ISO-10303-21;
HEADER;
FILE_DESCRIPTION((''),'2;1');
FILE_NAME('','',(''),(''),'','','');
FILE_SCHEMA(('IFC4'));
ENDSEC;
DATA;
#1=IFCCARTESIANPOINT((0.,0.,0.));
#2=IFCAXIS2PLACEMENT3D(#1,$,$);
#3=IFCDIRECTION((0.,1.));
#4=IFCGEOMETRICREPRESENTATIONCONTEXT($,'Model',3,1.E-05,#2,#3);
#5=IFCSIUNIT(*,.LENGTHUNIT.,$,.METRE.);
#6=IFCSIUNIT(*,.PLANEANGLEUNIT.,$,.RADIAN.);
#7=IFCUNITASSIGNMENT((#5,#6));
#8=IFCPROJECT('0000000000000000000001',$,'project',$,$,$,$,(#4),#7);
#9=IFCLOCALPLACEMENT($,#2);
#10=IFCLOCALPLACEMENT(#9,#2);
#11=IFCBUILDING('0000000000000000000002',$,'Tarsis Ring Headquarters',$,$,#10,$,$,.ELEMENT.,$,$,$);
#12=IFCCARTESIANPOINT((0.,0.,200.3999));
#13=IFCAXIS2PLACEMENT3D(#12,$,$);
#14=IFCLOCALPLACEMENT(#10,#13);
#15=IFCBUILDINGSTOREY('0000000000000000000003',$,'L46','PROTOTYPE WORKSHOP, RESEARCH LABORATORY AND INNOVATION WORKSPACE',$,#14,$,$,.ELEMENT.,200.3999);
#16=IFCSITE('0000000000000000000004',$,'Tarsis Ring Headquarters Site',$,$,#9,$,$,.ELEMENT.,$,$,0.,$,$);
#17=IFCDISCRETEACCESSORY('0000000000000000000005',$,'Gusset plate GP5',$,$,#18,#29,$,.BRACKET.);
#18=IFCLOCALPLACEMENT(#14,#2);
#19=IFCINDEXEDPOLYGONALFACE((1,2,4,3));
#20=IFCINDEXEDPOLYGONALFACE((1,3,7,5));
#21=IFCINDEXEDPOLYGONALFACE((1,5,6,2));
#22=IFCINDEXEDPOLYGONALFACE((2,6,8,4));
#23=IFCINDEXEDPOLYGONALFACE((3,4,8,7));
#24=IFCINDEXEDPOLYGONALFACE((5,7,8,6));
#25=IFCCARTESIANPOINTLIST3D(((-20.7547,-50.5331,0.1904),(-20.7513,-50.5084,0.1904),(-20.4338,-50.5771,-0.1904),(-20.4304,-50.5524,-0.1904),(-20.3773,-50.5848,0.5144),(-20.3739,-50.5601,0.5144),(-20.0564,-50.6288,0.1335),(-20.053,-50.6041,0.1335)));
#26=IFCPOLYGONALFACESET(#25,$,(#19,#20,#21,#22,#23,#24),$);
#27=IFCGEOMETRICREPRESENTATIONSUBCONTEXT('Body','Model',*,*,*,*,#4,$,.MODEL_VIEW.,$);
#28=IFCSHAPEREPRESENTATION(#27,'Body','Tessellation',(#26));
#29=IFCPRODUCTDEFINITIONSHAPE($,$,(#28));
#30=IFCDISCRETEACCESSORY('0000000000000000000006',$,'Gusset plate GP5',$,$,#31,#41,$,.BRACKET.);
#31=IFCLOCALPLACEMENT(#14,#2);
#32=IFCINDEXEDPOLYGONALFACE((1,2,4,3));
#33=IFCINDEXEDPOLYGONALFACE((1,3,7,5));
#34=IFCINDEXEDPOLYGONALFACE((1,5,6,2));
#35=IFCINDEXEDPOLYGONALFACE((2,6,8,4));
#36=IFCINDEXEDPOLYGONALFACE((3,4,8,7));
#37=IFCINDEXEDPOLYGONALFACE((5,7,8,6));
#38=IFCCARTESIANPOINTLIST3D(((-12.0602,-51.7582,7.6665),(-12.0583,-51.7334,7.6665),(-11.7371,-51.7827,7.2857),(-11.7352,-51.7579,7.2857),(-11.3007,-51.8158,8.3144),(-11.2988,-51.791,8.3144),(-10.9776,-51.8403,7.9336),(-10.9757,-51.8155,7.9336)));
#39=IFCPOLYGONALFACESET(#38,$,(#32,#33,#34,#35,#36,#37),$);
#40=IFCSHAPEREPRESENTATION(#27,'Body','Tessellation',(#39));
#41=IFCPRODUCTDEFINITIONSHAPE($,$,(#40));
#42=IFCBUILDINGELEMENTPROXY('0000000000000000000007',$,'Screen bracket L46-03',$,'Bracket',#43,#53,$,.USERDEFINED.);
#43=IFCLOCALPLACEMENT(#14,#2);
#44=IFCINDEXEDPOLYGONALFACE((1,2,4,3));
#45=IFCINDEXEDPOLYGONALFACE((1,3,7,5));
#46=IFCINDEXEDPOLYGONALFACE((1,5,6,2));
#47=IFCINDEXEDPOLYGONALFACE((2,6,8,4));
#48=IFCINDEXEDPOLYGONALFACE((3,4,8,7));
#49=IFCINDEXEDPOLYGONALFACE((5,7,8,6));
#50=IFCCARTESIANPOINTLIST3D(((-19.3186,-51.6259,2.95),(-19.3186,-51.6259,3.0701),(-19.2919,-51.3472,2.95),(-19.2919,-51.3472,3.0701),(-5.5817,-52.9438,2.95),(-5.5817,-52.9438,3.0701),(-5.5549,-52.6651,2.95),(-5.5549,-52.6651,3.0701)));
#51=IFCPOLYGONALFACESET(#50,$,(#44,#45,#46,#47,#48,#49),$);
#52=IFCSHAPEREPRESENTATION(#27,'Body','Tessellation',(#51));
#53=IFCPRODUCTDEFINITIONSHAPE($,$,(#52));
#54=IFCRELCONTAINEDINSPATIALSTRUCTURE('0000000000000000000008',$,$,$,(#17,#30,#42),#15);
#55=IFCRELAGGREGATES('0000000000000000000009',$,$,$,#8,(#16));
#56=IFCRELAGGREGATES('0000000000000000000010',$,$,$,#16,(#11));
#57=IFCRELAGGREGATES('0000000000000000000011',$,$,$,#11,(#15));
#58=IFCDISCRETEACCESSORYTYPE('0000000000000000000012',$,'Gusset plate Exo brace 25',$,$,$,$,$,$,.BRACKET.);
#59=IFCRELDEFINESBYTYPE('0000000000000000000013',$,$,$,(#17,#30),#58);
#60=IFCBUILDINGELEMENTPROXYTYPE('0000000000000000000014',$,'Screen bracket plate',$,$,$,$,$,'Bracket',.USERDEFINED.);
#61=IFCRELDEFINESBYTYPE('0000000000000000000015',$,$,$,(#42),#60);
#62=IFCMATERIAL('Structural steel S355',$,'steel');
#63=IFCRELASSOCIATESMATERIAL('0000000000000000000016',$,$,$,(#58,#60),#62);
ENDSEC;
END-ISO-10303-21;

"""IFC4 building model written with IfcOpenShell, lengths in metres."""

from ifc_helpers import new_model, si_unit, direction, frame, origin, origin_2d, place, context, subcontext, project, spatial, rectangle, extrude, material, material_profile, profile_set, type_object, element, save


model = new_model("IFC4")

# Units and contexts
model_context = context("Model", 3, precision=1e-05, world=origin(), true_north=direction((0.0, 1.0)))
body_context = subcontext(model_context, "Body", "Model", "MODEL_VIEW")
ifc_project = project(units=[si_unit("LENGTHUNIT", "METRE"), si_unit("PLANEANGLEUNIT", "RADIAN")], contexts=[model_context])

# Site, building, storey
site_placement = place(None, origin())
site = spatial("IfcSite", under=ifc_project, at=site_placement, Name="Tarsis Ring Headquarters Site", CompositionType="ELEMENT", RefElevation=0.0)
building_placement = place(site_placement, origin())
building = spatial("IfcBuilding", under=site, at=building_placement, Name="Tarsis Ring Headquarters", CompositionType="ELEMENT")
storey_placement = place(building_placement, frame((0.0, 0.0, 200.3999)))
storey = spatial("IfcBuildingStorey", under=building, at=storey_placement, Name="L46", Description="PROTOTYPE WORKSHOP, RESEARCH LABORATORY AND INNOVATION WORKSPACE", CompositionType="ELEMENT", Elevation=200.3999)

# Shared definitions
ifc_material_1 = material(Name="Structural steel S355", Category="steel")

# Discrete accessories
ifc_material_profile_1 = material_profile(ifc_material_1, rectangle(XDim=0.0249, YDim=0.5, at=origin_2d()), Name="PL 25x500")
ifc_profile_set_1 = profile_set([ifc_material_profile_1], Name="Structural steel S355")
discrete_accessory_type = type_object("IfcDiscreteAccessoryType", Name="Gusset plate Exo brace 25", PredefinedType="BRACKET", material=ifc_profile_set_1)
discrete_accessory_1_placement = place(storey_placement, frame((-20.5925, -50.5427, 0.0), z_axis=(0.754731, -0.103495, 0.647819), x_axis=(0.135857, 0.990728, 0.0)))
element("IfcDiscreteAccessory", 1, at=discrete_accessory_1_placement, inside=storey, type_object=discrete_accessory_type, Name="Gusset plate GP5", PredefinedType="BRACKET", context=body_context, shape_type="SweptSolid", body=[
    extrude(rectangle(XDim=0.0249, YDim=0.5, at=origin_2d()), origin(), (0.0, 0.0, 1.0), 0.5),
])
discrete_accessory_2_placement = place(storey_placement, frame((-11.8977, -51.7581, 7.4761), z_axis=(0.75951, -0.057616, 0.647939), x_axis=(0.075643, 0.997135, 0.0)))
element("IfcDiscreteAccessory", 2, at=discrete_accessory_2_placement, inside=storey, type_object=discrete_accessory_type, Name="Gusset plate GP5", PredefinedType="BRACKET", context=body_context, shape_type="SweptSolid", body=[
    extrude(rectangle(XDim=0.0249, YDim=0.5, at=origin_2d()), origin(), (0.0, 0.0, 1.0), 1.0),
])

# Building element proxy
building_element_proxy_type = type_object("IfcBuildingElementProxyType", Name="Screen bracket plate", ElementType="Bracket", PredefinedType="USERDEFINED", material=ifc_material_1)
proxy_placement = place(storey_placement, frame((-12.4368, -52.1455, 2.95), z_axis=(0.0, 0.0, 1.0), x_axis=(0.99543, -0.095498, 0.0)))
element("IfcBuildingElementProxy", 3, at=proxy_placement, inside=storey, type_object=building_element_proxy_type, Name="Screen bracket L46-03", ObjectType="Bracket", PredefinedType="USERDEFINED", context=body_context, shape_type="SweptSolid", body=[
    extrude(rectangle(XDim=13.8, YDim=0.28, at=origin_2d()), origin(), (0.0, 0.0, 1.0), 0.1201),
])

save(model, "model.ifc")
